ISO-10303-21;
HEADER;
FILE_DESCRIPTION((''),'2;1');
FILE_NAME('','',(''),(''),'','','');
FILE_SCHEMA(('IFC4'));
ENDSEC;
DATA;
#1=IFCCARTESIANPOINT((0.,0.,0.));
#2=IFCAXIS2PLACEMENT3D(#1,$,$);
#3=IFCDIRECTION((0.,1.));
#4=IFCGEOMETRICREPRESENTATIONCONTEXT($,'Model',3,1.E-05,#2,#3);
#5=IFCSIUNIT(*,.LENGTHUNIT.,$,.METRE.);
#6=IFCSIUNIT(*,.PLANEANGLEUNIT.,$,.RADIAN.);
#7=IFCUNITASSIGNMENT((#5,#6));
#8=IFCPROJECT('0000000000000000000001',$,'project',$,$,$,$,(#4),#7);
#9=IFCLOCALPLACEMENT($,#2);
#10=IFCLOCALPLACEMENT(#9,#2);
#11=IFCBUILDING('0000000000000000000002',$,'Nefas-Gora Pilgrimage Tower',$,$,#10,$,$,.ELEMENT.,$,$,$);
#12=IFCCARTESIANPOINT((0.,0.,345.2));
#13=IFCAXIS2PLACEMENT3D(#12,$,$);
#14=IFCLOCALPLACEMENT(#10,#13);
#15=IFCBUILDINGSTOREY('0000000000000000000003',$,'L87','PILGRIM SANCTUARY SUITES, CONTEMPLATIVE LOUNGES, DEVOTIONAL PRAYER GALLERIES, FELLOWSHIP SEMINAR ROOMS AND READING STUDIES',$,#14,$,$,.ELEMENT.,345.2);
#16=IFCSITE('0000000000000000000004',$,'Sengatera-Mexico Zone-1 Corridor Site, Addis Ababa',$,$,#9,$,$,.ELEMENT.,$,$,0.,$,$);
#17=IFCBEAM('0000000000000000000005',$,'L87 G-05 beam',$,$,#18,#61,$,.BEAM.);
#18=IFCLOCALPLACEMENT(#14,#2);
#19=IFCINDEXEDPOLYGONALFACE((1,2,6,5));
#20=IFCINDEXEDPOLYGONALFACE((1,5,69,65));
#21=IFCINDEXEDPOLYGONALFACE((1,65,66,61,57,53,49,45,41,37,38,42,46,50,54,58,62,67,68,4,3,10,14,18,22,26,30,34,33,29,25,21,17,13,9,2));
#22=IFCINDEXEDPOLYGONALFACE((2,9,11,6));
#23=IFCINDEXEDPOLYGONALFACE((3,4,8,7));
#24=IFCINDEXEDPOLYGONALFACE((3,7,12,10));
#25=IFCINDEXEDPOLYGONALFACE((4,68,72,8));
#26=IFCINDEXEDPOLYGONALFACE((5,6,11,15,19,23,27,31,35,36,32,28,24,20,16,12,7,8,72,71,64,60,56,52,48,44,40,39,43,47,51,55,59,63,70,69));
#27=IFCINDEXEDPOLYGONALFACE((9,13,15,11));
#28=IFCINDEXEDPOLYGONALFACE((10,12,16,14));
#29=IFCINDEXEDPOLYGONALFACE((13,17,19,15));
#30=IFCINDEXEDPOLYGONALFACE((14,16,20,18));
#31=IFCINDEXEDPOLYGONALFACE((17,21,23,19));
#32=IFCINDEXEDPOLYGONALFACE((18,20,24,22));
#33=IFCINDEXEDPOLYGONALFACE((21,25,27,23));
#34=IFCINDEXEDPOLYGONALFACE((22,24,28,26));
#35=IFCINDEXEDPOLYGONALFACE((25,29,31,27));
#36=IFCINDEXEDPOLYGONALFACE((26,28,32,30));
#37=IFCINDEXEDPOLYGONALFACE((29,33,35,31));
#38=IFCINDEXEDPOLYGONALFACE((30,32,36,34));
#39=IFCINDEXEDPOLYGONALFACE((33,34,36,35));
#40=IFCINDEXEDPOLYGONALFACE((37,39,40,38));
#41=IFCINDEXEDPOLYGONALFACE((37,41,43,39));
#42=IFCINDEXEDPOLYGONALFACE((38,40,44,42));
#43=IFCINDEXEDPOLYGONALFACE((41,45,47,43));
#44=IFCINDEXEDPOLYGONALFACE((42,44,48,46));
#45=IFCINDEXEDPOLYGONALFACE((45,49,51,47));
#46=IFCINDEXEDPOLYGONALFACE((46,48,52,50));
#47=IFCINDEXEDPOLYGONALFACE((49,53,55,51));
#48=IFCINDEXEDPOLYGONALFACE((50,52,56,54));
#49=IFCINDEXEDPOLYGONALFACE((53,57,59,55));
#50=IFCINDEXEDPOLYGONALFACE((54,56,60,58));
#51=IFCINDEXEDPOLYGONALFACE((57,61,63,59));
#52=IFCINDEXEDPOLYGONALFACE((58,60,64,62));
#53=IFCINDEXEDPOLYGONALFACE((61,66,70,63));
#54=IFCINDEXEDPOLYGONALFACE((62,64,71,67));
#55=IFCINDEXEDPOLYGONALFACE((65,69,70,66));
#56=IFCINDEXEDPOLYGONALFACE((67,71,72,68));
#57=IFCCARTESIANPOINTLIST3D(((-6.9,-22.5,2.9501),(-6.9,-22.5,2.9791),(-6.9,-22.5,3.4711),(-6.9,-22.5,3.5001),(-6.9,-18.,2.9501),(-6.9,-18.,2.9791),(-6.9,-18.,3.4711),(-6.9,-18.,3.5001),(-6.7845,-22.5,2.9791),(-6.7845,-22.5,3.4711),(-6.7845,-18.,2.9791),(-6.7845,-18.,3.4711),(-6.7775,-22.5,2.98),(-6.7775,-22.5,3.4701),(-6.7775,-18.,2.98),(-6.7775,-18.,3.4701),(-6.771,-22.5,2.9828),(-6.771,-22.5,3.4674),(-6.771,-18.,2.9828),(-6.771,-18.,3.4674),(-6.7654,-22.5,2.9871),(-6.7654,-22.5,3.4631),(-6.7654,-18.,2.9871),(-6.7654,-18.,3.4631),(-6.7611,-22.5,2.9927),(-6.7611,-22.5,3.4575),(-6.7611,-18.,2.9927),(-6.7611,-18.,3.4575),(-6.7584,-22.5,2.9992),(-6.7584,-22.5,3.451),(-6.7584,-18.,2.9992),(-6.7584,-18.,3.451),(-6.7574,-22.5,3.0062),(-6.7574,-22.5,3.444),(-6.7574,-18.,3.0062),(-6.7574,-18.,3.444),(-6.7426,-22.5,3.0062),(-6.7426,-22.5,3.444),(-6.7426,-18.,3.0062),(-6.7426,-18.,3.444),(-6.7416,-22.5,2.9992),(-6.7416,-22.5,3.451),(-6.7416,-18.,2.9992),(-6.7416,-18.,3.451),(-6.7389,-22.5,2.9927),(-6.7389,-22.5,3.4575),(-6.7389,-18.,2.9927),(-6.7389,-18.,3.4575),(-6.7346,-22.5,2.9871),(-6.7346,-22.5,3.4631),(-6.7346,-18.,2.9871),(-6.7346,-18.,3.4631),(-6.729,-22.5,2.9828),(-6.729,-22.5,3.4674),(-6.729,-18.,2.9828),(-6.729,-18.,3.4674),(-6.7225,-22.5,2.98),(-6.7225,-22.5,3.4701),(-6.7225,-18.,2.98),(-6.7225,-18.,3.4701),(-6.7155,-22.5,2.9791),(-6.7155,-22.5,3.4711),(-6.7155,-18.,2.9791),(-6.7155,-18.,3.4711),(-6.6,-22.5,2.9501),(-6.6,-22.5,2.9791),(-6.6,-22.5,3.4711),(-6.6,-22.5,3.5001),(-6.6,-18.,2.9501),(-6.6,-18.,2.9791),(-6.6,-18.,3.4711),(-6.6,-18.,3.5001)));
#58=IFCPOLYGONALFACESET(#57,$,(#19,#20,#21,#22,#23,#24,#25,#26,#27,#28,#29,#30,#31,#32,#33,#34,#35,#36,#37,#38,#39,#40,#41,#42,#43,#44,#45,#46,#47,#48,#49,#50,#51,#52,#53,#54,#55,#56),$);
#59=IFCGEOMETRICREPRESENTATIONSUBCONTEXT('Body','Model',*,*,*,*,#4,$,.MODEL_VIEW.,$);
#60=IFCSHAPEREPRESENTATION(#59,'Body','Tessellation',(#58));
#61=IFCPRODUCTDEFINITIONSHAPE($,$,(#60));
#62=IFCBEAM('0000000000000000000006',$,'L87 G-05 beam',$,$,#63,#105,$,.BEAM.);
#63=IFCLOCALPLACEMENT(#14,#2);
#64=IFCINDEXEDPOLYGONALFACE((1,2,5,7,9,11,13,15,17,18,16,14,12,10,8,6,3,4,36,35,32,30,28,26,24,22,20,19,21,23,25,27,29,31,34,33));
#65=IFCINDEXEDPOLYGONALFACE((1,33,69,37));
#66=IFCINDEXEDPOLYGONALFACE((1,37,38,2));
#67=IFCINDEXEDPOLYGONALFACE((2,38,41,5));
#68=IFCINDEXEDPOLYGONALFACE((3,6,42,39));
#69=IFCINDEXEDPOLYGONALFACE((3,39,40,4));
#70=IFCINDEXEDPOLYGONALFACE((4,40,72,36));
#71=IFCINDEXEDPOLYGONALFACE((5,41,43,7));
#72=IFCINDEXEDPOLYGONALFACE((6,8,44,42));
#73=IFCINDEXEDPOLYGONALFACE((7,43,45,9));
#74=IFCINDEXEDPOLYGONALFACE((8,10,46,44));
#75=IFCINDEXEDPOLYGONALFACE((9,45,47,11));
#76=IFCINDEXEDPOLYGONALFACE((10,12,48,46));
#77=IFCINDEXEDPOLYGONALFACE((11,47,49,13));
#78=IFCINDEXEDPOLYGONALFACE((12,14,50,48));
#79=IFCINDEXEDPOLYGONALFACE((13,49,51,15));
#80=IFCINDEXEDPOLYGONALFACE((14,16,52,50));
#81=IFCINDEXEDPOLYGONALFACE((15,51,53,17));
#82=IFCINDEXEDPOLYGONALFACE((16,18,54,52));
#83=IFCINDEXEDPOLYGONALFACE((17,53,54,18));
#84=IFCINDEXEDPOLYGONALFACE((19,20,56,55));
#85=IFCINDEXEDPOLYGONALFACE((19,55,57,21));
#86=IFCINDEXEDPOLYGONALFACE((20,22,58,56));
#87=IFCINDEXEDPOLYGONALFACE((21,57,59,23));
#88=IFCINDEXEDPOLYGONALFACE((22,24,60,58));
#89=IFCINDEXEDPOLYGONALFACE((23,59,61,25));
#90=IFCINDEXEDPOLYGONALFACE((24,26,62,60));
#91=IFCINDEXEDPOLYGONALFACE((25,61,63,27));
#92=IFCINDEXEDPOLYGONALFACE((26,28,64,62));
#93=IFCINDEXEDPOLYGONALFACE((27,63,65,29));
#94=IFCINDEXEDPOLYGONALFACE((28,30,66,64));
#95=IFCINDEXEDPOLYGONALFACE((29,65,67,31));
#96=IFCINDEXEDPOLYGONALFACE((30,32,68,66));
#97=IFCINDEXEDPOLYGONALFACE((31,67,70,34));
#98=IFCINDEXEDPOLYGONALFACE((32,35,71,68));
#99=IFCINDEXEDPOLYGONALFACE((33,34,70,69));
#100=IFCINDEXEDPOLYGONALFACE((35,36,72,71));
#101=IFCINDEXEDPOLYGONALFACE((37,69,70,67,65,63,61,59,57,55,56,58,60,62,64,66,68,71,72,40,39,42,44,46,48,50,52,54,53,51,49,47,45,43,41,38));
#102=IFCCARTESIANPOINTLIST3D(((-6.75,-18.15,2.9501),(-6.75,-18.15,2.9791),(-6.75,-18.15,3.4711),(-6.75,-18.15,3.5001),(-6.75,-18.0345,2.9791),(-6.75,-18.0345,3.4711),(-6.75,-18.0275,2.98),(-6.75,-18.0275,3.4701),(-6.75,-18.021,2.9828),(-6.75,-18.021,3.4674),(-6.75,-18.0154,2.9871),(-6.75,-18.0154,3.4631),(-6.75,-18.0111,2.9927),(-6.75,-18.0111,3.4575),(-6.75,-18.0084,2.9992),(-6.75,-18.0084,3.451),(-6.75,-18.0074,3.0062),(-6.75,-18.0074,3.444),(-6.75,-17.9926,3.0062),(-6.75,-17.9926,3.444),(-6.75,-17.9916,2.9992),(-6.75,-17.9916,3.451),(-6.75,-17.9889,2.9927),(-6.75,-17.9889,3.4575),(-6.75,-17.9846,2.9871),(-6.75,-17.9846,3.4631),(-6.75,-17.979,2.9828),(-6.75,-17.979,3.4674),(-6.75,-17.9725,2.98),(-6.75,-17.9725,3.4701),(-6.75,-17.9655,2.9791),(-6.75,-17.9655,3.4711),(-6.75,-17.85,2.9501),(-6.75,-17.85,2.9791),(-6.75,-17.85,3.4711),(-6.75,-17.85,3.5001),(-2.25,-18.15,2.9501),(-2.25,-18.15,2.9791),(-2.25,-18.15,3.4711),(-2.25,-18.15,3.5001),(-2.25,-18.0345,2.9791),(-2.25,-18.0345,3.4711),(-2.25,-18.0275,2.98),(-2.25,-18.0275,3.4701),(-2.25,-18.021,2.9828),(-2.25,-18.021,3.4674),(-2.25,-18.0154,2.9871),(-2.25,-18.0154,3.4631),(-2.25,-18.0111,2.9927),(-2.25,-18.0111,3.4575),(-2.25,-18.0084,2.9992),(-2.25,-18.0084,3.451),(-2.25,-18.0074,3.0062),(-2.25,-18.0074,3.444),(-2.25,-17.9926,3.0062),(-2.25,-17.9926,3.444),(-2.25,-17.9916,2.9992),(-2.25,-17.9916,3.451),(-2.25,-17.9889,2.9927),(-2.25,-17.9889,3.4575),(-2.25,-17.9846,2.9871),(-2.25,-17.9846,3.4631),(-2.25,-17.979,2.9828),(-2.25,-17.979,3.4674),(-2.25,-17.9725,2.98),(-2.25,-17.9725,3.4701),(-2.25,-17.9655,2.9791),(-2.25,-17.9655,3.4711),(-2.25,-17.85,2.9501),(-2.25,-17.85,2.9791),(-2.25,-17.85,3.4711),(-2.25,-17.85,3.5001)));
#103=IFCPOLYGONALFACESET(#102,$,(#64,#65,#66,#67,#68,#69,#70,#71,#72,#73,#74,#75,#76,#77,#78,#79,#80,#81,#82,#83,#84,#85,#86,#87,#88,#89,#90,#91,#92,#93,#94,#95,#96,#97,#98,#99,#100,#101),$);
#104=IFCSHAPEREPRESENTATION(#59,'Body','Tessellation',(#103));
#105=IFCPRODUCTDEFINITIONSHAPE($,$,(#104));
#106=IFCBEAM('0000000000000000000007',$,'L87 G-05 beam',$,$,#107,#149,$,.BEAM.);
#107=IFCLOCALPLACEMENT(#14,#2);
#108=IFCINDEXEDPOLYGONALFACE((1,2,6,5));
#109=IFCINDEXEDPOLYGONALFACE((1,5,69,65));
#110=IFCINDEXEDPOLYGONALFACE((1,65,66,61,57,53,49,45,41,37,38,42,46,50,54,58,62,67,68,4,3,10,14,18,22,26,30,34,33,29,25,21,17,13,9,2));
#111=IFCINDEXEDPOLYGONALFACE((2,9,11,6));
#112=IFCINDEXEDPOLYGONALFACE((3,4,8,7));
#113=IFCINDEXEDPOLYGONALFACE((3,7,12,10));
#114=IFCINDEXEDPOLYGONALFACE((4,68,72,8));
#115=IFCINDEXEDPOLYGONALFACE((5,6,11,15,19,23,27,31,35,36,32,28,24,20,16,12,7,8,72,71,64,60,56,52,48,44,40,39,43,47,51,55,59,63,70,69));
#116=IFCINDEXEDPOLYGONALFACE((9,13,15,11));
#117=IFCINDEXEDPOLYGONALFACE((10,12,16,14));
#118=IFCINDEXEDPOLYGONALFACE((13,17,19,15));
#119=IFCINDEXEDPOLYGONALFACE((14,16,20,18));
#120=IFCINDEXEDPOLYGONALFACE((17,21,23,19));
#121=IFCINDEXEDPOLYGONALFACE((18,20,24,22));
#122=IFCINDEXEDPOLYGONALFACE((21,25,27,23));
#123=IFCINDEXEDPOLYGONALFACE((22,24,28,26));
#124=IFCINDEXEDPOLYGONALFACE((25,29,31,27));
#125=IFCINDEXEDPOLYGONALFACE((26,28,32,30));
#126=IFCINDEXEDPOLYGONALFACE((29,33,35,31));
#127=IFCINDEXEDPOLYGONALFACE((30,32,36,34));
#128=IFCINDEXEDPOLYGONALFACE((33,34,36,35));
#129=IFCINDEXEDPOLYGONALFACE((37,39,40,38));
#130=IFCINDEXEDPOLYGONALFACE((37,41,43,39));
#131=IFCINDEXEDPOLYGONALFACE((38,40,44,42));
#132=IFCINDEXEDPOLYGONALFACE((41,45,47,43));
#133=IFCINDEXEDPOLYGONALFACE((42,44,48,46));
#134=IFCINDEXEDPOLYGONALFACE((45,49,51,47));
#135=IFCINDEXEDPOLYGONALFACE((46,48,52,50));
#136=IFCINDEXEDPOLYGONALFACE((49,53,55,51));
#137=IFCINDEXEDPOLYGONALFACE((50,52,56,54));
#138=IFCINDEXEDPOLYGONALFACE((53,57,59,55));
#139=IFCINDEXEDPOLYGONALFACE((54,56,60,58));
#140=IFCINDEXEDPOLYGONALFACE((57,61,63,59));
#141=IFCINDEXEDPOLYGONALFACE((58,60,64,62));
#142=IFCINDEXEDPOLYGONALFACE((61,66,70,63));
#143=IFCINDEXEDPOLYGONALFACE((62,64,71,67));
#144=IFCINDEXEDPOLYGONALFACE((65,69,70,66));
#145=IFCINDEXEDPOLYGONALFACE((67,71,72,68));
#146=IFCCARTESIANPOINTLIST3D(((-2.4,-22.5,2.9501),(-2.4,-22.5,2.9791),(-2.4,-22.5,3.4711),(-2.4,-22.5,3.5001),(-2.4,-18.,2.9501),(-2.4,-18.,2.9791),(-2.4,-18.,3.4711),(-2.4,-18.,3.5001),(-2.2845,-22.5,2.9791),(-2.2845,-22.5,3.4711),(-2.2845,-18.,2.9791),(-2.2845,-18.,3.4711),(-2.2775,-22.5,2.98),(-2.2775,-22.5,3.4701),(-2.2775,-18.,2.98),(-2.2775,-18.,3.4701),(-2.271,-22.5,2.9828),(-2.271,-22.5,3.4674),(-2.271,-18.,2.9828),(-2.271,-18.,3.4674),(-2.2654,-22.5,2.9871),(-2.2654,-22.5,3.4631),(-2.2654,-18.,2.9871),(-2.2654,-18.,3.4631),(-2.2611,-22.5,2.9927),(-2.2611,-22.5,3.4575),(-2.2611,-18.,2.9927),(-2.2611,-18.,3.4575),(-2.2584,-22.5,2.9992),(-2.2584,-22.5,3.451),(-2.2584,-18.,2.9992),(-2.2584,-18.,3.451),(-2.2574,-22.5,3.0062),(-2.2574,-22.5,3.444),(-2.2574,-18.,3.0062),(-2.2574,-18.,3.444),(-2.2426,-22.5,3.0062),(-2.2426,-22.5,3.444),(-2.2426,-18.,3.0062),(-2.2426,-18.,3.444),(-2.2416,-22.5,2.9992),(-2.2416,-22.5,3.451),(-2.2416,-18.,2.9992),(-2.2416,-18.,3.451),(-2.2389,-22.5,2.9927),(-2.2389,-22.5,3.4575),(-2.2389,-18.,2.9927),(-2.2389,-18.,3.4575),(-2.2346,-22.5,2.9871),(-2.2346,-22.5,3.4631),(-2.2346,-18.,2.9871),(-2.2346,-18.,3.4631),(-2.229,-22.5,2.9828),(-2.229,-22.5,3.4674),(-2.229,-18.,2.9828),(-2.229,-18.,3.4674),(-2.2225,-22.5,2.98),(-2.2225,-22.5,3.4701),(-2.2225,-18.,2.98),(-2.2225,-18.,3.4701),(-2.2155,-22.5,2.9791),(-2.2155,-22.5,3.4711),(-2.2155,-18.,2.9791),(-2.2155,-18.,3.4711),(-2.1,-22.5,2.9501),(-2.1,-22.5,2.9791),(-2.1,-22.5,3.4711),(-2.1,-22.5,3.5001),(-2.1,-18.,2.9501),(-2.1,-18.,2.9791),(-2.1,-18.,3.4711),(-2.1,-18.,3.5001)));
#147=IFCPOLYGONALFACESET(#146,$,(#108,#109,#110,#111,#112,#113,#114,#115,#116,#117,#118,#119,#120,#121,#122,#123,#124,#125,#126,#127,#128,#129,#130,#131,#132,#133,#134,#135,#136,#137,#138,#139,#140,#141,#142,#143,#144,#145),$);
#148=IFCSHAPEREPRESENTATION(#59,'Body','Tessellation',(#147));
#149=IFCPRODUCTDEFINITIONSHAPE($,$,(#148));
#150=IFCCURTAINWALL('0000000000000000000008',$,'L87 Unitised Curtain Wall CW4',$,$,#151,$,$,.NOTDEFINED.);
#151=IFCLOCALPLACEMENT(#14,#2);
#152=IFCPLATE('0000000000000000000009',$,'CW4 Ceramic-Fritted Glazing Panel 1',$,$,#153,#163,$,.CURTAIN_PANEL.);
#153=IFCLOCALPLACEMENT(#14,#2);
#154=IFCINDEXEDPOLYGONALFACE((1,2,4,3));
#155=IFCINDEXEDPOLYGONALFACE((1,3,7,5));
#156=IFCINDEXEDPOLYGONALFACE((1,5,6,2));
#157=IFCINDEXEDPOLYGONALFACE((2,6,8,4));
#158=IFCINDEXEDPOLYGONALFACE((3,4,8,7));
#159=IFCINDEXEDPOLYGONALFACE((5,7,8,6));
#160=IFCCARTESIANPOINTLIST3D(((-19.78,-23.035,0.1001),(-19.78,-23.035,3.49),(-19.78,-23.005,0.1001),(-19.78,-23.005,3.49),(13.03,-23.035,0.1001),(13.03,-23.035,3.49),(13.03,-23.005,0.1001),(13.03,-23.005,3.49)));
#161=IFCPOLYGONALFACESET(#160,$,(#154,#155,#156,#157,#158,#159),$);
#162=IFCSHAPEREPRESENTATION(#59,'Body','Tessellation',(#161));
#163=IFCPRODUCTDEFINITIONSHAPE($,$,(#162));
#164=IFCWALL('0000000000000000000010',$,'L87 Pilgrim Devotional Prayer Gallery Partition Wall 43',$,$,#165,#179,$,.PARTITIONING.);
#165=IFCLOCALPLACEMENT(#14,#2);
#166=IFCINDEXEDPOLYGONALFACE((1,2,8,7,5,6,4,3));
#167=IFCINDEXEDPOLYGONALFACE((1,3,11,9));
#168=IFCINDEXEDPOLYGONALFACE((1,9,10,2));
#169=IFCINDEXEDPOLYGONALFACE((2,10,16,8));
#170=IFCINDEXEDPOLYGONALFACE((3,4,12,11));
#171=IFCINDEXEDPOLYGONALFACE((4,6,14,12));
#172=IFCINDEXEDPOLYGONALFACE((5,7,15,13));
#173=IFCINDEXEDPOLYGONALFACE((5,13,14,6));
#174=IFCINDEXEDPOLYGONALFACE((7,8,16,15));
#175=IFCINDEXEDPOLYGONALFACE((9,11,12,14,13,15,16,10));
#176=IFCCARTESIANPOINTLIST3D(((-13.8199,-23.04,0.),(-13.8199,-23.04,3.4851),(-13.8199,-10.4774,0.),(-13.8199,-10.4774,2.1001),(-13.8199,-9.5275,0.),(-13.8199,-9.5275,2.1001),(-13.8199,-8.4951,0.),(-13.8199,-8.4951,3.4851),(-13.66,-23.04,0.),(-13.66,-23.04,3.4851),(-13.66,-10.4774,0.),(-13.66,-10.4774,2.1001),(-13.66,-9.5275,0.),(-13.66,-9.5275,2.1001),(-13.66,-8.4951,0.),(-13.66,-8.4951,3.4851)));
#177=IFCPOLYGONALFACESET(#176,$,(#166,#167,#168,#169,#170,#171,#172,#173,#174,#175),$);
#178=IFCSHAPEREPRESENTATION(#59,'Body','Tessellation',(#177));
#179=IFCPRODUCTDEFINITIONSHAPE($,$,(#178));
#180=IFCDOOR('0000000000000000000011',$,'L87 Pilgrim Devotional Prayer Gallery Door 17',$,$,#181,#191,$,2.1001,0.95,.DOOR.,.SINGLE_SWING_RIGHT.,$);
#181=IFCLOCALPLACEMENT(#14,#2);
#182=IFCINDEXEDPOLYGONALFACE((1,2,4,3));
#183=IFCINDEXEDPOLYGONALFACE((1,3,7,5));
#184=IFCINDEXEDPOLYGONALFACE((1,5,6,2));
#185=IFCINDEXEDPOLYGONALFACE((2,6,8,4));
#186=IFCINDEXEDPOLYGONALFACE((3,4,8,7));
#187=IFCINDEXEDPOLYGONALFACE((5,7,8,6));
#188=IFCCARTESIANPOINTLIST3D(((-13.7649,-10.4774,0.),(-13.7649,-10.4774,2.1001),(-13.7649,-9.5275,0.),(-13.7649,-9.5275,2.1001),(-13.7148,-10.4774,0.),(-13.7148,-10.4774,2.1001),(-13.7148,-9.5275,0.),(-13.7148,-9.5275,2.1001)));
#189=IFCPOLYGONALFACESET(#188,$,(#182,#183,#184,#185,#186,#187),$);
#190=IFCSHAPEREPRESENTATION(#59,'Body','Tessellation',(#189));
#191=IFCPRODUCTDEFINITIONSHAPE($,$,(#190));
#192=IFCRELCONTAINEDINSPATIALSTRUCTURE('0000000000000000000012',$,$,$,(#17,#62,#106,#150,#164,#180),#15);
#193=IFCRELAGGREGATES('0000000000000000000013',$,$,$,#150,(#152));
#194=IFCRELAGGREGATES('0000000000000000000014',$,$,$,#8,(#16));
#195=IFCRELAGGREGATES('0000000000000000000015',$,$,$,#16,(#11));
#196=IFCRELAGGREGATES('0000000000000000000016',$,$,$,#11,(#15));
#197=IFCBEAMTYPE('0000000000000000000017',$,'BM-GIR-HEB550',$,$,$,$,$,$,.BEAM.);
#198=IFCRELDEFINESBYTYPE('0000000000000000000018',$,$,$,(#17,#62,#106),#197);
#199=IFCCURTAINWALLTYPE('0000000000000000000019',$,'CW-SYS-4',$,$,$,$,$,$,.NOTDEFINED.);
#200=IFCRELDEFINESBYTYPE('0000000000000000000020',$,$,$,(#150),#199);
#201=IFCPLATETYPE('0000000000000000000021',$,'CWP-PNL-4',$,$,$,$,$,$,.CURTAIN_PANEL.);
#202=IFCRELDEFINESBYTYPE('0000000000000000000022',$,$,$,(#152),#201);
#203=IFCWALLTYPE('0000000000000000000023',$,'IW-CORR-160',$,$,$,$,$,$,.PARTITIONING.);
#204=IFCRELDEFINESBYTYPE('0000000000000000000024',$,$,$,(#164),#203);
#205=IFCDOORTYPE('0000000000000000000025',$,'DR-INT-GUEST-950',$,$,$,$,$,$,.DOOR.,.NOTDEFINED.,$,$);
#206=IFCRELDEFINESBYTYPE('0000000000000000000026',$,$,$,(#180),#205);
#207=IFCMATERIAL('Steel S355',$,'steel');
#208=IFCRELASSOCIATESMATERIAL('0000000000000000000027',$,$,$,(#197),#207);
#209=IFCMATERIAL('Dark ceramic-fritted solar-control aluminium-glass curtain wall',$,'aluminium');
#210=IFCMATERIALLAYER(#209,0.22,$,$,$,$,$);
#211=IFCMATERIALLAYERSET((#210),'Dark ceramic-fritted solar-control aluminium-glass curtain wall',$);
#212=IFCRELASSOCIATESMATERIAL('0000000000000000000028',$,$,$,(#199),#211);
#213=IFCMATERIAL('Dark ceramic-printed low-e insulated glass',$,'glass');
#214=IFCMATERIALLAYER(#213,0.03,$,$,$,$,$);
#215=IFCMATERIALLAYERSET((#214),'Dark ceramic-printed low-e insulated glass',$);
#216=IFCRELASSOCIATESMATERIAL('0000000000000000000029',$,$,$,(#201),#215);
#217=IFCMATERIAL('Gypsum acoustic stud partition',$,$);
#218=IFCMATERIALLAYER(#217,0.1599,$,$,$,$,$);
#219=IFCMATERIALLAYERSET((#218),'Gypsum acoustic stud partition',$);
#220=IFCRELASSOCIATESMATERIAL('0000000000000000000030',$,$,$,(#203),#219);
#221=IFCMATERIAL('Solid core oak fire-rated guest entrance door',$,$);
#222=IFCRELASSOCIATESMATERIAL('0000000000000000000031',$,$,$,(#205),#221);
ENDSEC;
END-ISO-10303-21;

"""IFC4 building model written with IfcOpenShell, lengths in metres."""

from ifc_helpers import new_model, si_unit, direction, frame, frame_2d, origin, origin_2d, place, context, subcontext, project, spatial, rectangle, i_section, extrude, source, transform, mapped, material, layer, layer_set, material_profile, profile_set, type_object, element, fill, aggregate, save


model = new_model("IFC4")

# Units and contexts
model_context = context("Model", 3, precision=1e-05, world=origin(), true_north=direction((0.0, 1.0)))
body_context = subcontext(model_context, "Body", "Model", "MODEL_VIEW")
ifc_project = project(units=[si_unit("LENGTHUNIT", "METRE"), si_unit("PLANEANGLEUNIT", "RADIAN")], contexts=[model_context])

# Site, building, storey
site_placement = place(None, origin())
site = spatial("IfcSite", under=ifc_project, at=site_placement, Name="Sengatera-Mexico Zone-1 Corridor Site, Addis Ababa", CompositionType="ELEMENT", RefElevation=0.0)
building_placement = place(site_placement, origin())
building = spatial("IfcBuilding", under=site, at=building_placement, Name="Nefas-Gora Pilgrimage Tower", CompositionType="ELEMENT")
storey_placement = place(building_placement, frame((0.0, 0.0, 345.2)))
storey = spatial("IfcBuildingStorey", under=building, at=storey_placement, Name="L87", Description="PILGRIM SANCTUARY SUITES, CONTEMPLATIVE LOUNGES, DEVOTIONAL PRAYER GALLERIES, FELLOWSHIP SEMINAR ROOMS AND READING STUDIES", CompositionType="ELEMENT", Elevation=345.2)

# Shared definitions
ifc_material_1 = material(Name="Steel S355", Category="steel")

# Beams
ifc_material_profile_1 = material_profile(ifc_material_1, i_section(OverallWidth=0.3, OverallDepth=0.55, WebThickness=0.0149, FlangeThickness=0.0291, FilletRadius=0.0271, at=origin_2d()), Name="HEB 550")
ifc_profile_set_1 = profile_set([ifc_material_profile_1], Name="Steel S355")
beam_type_1 = type_object("IfcBeamType", Name="BM-GIR-HEB550", PredefinedType="BEAM", material=ifc_profile_set_1)
shared_shape_1 = source(origin(), body_context, "Body", "SweptSolid", [
    extrude(i_section(OverallWidth=0.3, OverallDepth=0.55, WebThickness=0.0149, FlangeThickness=0.0291, FilletRadius=0.0271, at=origin_2d()), origin(), (0.0, 0.0, 1.0), 4.5),
])
for number, where, z_axis, x_axis, name in (
    (1, (-6.75, -22.5, 3.2251), (0.0, 1.0, 0.0), (-1.0, 0.0, 0.0), "L87 G-05 beam"),
    (2, (-6.75, -18.0, 3.2251), (1.0, 0.0, 0.0), (0.0, 1.0, 0.0), "L87 G-05 beam"),
    (3, (-2.25, -22.5, 3.2251), (0.0, 1.0, 0.0), (-1.0, 0.0, 0.0), "L87 G-05 beam"),
):
    element("IfcBeam", number, at=place(storey_placement, frame(where, z_axis=z_axis, x_axis=x_axis)), inside=storey, type_object=beam_type_1, Name=name, PredefinedType="BEAM", context=body_context, shape_type="MappedRepresentation", body=[
        mapped(shared_shape_1, transform((0.0, 0.0, 0.0), x_axis=(1.0, 0.0, 0.0), y_axis=(0.0, 1.0, 0.0), z_axis=(0.0, 0.0, 1.0), scale=1.0)),
    ])

# Curtain wall, plate
ifc_material_2 = material(Name="Dark ceramic-fritted solar-control aluminium-glass curtain wall", Category="aluminium")
ifc_layer_1 = layer(ifc_material_2, 0.22)
ifc_layer_set_1 = layer_set([ifc_layer_1], Name="Dark ceramic-fritted solar-control aluminium-glass curtain wall")
curtain_wall_type = type_object("IfcCurtainWallType", Name="CW-SYS-4", PredefinedType="NOTDEFINED", material=ifc_layer_set_1)
curtain_wall_placement = place(storey_placement, origin())
curtain_wall = element("IfcCurtainWall", 4, at=curtain_wall_placement, inside=storey, type_object=curtain_wall_type, Name="L87 Unitised Curtain Wall CW4", PredefinedType="NOTDEFINED")
ifc_material_3 = material(Name="Dark ceramic-printed low-e insulated glass", Category="glass")
ifc_layer_2 = layer(ifc_material_3, 0.03)
ifc_layer_set_2 = layer_set([ifc_layer_2], Name="Dark ceramic-printed low-e insulated glass")
plate_type = type_object("IfcPlateType", Name="CWP-PNL-4", PredefinedType="CURTAIN_PANEL", material=ifc_layer_set_2)
shared_shape_2 = source(origin(), body_context, "Body", "SweptSolid", [
    extrude(rectangle(XDim=32.8101, YDim=0.03, at=origin_2d()), origin(), (0.0, 0.0, 1.0), 3.3899),
])
plate_placement = place(storey_placement, frame((-3.375, -23.02, 0.1001), z_axis=(0.0, 0.0, 1.0), x_axis=(1.0, 0.0, 0.0)))
plate = element("IfcPlate", 5, at=plate_placement, type_object=plate_type, Name="CW4 Ceramic-Fritted Glazing Panel 1", PredefinedType="CURTAIN_PANEL", context=body_context, shape_type="MappedRepresentation", body=[
    mapped(shared_shape_2, transform((0.0, 0.0, 0.0), x_axis=(1.0, 0.0, 0.0), y_axis=(0.0, 1.0, 0.0), z_axis=(0.0, 0.0, 1.0), scale=1.0)),
])
aggregate(curtain_wall, [plate])

# Wall, opening, door
ifc_material_4 = material(Name="Gypsum acoustic stud partition")
ifc_layer_3 = layer(ifc_material_4, 0.1599)
ifc_layer_set_3 = layer_set([ifc_layer_3], Name="Gypsum acoustic stud partition")
wall_type_1 = type_object("IfcWallType", Name="IW-CORR-160", PredefinedType="PARTITIONING", material=ifc_layer_set_3)
shared_shape_3 = source(origin(), body_context, "Body", "SweptSolid", [
    extrude(rectangle(XDim=14.5449, YDim=0.1599, at=frame_2d((7.2725, 0.0))), origin(), (0.0, 0.0, 1.0), 3.4851),
])
wall_1_placement = place(storey_placement, frame((-13.74, -23.04, 0.0), z_axis=(0.0, 0.0, 1.0), x_axis=(0.0, 1.0, 0.0)))
wall_1 = element("IfcWall", 6, at=wall_1_placement, inside=storey, type_object=wall_type_1, Name="L87 Pilgrim Devotional Prayer Gallery Partition Wall 43", PredefinedType="PARTITIONING", context=body_context, shape_type="MappedRepresentation", body=[
    mapped(shared_shape_3, transform((0.0, 0.0, 0.0), x_axis=(1.0, 0.0, 0.0), y_axis=(0.0, 1.0, 0.0), z_axis=(0.0, 0.0, 1.0), scale=1.0)),
])
opening_1_placement = place(wall_1_placement, frame((12.5625, 0.0, 0.0)))
opening_1 = element("IfcOpeningElement", 7, at=opening_1_placement, cuts=wall_1, PredefinedType="OPENING", context=body_context, shape_type="SweptSolid", body=[
    extrude(rectangle(XDim=0.95, YDim=2.1001, at=frame_2d((0.4751, 1.05))), frame((0.0, 0.0898, 0.0), z_axis=(0.0, -1.0, 0.0), x_axis=(1.0, 0.0, 0.0)), (0.0, 0.0, 1.0), 0.1799),
])
ifc_material_5 = material(Name="Solid core oak fire-rated guest entrance door")
door_type = type_object("IfcDoorType", Name="DR-INT-GUEST-950", OperationType="NOTDEFINED", PredefinedType="DOOR", material=ifc_material_5)
shared_shape_4 = source(origin(), body_context, "Body", "SweptSolid", [
    extrude(rectangle(XDim=0.95, YDim=2.1001, at=frame_2d((0.4751, 1.05))), frame((0.0, 0.0249, 0.0), z_axis=(0.0, -1.0, 0.0), x_axis=(1.0, 0.0, 0.0)), (0.0, 0.0, 1.0), 0.05),
])
door_1_placement = place(opening_1_placement, origin())
door_1 = element("IfcDoor", 8, at=door_1_placement, inside=storey, type_object=door_type, Name="L87 Pilgrim Devotional Prayer Gallery Door 17", OperationType="SINGLE_SWING_RIGHT", OverallHeight=2.1001, OverallWidth=0.95, PredefinedType="DOOR", context=body_context, shape_type="MappedRepresentation", body=[
    mapped(shared_shape_4, transform((0.0, 0.0, 0.0), x_axis=(1.0, 0.0, 0.0), y_axis=(0.0, 1.0, 0.0), z_axis=(0.0, 0.0, 1.0), scale=1.0)),
])
fill(opening_1, door_1)

save(model, "model.ifc")
